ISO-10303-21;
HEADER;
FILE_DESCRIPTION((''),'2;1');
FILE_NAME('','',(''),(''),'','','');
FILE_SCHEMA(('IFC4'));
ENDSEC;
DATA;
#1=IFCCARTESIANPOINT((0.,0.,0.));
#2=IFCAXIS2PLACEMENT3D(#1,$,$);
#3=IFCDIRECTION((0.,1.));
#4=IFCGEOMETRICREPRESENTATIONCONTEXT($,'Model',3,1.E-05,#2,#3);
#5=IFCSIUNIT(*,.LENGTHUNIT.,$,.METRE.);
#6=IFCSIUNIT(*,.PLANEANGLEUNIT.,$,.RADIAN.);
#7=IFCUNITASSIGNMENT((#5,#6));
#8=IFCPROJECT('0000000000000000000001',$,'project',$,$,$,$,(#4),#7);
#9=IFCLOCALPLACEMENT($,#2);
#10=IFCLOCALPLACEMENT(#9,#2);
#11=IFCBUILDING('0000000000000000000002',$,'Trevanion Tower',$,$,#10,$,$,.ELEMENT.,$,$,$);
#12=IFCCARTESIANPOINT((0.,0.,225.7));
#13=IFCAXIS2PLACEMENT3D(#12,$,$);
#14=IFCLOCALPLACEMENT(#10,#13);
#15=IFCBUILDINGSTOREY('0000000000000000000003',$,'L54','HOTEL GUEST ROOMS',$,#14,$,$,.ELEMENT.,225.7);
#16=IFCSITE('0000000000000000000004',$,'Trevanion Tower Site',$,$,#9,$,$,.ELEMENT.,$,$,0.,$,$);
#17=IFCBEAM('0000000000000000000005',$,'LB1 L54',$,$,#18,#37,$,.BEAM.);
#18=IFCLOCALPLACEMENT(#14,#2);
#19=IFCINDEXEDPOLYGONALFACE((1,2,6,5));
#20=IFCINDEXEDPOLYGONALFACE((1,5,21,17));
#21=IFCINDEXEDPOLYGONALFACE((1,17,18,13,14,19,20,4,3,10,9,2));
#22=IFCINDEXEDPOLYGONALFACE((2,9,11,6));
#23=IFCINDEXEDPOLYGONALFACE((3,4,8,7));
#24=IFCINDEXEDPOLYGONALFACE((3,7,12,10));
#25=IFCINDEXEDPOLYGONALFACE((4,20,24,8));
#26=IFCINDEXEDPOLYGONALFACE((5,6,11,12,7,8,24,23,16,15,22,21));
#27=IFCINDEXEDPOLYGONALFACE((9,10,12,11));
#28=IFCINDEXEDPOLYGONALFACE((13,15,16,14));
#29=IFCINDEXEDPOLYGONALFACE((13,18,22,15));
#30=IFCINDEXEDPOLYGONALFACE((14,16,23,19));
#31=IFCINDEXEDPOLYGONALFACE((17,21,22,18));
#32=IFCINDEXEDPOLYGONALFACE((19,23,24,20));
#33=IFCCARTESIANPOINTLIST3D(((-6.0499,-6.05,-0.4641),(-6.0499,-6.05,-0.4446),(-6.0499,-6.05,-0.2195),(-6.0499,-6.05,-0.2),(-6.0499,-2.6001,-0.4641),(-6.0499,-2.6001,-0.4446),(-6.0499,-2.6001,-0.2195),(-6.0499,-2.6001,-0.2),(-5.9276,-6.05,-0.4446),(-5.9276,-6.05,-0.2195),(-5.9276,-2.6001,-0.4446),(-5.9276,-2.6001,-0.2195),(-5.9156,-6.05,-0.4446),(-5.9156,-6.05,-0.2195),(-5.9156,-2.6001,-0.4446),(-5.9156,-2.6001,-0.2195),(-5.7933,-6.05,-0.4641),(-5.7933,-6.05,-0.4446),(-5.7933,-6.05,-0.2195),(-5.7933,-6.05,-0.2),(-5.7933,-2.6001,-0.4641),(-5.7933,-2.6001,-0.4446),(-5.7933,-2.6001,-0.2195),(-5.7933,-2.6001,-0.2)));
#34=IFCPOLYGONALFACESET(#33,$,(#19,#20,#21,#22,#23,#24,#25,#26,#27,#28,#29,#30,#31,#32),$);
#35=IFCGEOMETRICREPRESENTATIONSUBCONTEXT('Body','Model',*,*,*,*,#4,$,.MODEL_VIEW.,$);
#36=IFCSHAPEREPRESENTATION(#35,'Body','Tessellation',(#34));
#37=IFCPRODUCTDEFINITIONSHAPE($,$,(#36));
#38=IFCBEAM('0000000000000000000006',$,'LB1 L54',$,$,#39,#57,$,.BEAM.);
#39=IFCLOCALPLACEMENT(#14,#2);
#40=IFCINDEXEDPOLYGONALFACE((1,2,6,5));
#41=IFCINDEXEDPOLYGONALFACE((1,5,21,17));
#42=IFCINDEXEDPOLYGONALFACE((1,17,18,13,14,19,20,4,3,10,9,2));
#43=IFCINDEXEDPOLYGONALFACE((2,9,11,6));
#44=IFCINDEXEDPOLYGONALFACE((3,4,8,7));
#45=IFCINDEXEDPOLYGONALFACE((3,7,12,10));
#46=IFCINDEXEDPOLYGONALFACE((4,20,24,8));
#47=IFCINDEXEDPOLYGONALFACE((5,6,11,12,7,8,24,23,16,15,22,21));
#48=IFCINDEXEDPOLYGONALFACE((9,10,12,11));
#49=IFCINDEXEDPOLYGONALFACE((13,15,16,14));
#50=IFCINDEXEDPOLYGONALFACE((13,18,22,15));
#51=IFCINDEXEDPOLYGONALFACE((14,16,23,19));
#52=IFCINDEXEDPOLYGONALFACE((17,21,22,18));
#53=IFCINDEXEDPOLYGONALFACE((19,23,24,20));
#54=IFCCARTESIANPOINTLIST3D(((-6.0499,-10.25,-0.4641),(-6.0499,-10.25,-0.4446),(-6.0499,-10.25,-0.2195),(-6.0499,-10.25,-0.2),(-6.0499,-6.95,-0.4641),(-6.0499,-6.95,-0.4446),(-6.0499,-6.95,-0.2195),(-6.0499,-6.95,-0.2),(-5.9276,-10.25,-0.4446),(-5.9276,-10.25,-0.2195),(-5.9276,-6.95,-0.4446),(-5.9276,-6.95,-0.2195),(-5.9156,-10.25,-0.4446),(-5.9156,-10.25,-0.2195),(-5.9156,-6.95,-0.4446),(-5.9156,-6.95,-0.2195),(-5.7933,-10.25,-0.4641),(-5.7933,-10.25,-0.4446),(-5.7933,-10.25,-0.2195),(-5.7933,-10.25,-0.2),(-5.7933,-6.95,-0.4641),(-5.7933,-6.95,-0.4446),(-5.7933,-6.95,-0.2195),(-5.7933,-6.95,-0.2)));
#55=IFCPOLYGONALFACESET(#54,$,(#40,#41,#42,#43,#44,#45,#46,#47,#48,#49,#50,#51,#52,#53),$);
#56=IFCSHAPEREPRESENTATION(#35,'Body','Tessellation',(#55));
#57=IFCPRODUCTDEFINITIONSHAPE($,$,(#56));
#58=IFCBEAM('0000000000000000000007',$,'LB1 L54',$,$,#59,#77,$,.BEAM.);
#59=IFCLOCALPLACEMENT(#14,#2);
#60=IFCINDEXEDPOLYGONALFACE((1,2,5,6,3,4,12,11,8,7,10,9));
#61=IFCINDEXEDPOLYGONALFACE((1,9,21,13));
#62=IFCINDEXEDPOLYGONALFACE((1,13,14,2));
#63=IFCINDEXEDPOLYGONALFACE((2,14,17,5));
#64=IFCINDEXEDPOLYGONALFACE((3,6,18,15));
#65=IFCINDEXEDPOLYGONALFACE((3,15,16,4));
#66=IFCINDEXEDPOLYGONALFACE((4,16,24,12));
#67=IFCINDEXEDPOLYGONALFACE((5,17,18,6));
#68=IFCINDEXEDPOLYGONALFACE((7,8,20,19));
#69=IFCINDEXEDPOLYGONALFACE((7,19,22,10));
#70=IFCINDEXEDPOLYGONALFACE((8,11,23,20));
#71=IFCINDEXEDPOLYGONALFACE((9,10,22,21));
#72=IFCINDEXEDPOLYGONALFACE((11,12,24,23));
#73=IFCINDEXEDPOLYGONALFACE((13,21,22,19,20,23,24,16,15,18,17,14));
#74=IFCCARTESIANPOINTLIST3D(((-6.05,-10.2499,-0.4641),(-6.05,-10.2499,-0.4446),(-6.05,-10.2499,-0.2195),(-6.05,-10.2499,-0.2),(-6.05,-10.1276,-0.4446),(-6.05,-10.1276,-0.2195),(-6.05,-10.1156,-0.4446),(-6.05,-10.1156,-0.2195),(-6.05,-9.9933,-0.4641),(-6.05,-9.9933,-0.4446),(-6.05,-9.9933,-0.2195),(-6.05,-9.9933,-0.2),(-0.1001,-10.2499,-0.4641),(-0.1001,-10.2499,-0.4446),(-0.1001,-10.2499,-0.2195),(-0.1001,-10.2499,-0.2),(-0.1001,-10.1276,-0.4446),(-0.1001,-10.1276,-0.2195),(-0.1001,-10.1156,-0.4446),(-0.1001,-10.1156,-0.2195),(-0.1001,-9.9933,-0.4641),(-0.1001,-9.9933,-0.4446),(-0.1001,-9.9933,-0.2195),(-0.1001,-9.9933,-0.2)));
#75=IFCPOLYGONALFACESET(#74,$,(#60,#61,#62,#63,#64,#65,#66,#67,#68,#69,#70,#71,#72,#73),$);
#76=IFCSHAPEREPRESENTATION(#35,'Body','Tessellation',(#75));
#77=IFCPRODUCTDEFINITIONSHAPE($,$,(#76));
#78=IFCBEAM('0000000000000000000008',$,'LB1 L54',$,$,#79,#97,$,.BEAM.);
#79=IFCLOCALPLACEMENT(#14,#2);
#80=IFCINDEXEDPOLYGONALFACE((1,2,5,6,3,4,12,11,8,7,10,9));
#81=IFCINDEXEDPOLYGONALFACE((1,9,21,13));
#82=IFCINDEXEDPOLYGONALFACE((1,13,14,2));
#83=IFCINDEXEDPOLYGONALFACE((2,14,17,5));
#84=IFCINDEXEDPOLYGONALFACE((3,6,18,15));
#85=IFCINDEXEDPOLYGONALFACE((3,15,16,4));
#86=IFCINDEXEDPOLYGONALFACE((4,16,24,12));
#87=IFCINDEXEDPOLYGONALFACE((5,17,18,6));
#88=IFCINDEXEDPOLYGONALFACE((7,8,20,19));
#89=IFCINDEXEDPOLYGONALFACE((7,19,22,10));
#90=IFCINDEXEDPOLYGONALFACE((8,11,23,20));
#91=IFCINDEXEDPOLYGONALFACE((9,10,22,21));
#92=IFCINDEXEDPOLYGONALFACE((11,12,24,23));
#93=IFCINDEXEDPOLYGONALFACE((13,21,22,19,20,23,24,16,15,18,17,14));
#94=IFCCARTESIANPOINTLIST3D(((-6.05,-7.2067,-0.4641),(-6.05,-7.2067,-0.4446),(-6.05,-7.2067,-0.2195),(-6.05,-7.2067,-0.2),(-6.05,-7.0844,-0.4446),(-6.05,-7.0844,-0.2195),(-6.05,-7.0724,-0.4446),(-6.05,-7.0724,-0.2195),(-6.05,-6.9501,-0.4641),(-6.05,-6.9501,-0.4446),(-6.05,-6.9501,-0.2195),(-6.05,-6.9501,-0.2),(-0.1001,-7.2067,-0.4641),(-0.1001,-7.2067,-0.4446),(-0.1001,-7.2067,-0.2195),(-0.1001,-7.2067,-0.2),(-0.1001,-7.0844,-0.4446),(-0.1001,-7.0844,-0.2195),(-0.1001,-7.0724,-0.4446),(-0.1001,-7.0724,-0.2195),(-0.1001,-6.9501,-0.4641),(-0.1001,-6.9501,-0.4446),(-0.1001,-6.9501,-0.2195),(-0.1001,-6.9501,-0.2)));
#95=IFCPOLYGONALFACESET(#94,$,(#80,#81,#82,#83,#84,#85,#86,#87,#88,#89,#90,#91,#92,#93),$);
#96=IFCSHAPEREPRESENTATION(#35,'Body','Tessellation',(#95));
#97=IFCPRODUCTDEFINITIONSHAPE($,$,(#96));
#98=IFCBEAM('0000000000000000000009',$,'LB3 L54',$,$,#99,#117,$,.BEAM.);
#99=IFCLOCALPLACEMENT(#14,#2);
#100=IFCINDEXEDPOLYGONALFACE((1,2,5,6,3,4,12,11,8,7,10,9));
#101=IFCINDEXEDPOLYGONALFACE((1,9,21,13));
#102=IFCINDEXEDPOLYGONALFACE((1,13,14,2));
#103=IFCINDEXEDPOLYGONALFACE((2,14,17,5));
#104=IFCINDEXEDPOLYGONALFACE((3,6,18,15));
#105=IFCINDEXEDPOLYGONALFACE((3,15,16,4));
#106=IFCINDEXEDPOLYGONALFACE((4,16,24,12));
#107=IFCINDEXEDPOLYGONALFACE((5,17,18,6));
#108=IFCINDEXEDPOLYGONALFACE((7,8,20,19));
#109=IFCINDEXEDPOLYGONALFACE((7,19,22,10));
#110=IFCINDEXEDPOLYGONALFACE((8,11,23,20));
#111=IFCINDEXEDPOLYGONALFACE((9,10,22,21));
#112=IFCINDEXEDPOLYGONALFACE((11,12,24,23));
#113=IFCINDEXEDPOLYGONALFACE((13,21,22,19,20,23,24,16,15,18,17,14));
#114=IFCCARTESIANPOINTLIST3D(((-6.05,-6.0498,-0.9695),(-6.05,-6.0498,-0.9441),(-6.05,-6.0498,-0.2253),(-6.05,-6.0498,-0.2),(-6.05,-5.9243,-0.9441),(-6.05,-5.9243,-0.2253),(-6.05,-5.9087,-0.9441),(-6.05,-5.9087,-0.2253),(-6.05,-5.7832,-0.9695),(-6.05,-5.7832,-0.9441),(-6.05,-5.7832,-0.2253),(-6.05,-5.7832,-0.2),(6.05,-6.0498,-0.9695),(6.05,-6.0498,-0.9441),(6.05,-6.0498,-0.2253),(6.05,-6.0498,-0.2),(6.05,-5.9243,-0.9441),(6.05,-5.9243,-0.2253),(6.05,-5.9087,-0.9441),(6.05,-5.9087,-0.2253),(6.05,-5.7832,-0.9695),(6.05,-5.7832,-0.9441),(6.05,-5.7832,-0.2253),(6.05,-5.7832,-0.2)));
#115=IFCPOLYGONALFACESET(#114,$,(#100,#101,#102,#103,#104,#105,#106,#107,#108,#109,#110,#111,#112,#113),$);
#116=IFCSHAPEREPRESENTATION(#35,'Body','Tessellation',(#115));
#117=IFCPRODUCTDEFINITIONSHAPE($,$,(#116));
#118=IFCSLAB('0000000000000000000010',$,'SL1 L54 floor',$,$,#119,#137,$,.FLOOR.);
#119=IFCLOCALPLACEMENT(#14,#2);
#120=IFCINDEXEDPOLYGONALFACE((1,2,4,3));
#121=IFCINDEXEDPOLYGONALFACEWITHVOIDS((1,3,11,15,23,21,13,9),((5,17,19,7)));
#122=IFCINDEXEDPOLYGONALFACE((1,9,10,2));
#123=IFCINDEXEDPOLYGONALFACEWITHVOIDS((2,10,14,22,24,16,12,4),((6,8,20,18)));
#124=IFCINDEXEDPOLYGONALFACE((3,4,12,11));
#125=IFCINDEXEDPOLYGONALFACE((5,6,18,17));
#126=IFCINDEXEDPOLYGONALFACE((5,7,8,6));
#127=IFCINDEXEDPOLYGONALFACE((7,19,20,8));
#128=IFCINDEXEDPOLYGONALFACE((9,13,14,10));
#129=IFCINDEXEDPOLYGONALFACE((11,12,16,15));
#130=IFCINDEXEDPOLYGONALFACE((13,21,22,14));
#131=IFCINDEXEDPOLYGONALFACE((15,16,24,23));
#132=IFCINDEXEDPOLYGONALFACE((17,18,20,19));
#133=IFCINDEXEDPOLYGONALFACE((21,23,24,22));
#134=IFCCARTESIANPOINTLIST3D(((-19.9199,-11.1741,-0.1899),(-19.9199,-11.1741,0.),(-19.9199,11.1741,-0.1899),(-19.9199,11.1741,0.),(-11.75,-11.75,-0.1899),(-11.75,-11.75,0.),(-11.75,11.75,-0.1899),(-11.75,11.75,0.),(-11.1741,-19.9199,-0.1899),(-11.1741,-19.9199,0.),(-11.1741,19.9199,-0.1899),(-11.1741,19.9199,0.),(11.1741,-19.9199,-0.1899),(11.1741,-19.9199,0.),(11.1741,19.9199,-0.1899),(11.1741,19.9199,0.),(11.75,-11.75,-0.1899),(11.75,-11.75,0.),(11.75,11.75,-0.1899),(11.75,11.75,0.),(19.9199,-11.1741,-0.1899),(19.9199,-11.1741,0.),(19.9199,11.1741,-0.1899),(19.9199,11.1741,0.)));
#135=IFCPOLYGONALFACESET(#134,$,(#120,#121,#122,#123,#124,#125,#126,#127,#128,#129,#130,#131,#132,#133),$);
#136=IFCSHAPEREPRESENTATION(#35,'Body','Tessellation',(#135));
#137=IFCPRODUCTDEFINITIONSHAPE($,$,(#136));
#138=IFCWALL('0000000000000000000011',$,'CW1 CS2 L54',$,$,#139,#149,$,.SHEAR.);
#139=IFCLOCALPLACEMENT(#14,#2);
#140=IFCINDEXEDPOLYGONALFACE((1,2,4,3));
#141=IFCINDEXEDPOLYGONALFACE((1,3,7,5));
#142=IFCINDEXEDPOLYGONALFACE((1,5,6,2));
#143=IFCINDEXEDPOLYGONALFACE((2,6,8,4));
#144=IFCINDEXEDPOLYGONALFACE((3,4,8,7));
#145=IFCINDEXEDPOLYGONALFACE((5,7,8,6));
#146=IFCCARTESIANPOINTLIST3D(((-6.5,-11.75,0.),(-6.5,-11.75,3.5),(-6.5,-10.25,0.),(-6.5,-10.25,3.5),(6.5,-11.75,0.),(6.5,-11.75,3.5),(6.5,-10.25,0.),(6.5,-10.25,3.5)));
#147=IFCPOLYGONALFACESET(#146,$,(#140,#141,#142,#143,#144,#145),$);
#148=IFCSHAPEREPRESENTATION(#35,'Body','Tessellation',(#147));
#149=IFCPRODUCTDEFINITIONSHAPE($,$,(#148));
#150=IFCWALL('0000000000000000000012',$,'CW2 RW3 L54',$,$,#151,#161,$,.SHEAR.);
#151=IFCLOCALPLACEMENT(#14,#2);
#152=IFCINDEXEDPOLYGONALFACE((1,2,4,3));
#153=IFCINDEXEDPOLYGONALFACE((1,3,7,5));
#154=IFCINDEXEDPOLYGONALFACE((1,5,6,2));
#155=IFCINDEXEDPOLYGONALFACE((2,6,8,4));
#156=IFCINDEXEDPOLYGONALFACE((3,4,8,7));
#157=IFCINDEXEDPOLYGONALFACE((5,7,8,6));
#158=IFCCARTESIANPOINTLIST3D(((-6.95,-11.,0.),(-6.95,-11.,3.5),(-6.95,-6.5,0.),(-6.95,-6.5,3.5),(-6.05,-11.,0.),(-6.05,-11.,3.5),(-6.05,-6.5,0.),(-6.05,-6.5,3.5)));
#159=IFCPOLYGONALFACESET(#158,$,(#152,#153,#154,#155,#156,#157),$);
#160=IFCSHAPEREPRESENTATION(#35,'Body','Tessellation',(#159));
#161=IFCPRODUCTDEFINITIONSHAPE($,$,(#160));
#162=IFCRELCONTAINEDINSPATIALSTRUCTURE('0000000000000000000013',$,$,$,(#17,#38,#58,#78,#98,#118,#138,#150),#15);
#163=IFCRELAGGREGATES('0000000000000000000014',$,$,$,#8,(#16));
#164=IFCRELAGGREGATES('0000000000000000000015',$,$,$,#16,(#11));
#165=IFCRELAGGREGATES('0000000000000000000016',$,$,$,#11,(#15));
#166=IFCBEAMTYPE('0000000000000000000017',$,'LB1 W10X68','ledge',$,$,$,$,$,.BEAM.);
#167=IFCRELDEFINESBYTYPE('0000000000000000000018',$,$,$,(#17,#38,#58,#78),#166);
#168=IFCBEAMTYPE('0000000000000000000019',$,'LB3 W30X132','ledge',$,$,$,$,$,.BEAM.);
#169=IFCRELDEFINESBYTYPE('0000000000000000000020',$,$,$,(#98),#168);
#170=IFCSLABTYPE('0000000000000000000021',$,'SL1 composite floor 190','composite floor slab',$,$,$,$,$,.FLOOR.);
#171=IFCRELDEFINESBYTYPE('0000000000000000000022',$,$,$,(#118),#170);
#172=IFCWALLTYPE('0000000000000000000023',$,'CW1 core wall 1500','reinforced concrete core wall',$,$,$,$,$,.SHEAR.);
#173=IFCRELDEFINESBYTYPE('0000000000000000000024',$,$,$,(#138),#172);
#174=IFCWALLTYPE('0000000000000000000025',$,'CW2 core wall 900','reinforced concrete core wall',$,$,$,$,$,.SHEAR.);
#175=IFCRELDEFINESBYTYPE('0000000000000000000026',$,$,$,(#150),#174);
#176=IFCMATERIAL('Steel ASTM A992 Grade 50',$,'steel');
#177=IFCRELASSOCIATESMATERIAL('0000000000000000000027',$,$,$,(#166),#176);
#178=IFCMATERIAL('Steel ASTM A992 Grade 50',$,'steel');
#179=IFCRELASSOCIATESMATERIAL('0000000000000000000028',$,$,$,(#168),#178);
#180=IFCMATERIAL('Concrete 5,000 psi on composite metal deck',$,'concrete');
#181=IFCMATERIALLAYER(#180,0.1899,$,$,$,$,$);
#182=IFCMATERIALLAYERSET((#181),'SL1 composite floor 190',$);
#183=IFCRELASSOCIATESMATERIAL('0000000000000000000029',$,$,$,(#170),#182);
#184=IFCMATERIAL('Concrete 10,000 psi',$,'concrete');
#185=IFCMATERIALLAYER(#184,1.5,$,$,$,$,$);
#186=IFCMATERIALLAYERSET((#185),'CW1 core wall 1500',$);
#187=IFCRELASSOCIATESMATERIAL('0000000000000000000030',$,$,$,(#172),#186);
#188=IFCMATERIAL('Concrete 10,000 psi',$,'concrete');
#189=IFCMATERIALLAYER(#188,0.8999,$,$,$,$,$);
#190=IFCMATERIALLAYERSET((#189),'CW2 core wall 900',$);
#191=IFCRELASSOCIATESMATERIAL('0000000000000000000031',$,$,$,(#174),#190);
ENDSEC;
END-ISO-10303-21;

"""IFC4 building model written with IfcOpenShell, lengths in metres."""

from ifc_helpers import new_model, si_unit, direction, frame, frame_2d, origin, origin_2d, place, context, subcontext, project, spatial, polyline, rectangle, i_section, outline, extrude, material, layer, layer_set, material_profile, profile_set, type_object, element, save


model = new_model("IFC4")

# Units and contexts
model_context = context("Model", 3, precision=1e-05, world=origin(), true_north=direction((0.0, 1.0)))
body_context = subcontext(model_context, "Body", "Model", "MODEL_VIEW")
ifc_project = project(units=[si_unit("LENGTHUNIT", "METRE"), si_unit("PLANEANGLEUNIT", "RADIAN")], contexts=[model_context])

# Site, building, storey
site_placement = place(None, origin())
site = spatial("IfcSite", under=ifc_project, at=site_placement, Name="Trevanion Tower Site", CompositionType="ELEMENT", RefElevation=0.0)
building_placement = place(site_placement, origin())
building = spatial("IfcBuilding", under=site, at=building_placement, Name="Trevanion Tower", CompositionType="ELEMENT")
storey_placement = place(building_placement, frame((0.0, 0.0, 225.7)))
storey = spatial("IfcBuildingStorey", under=building, at=storey_placement, Name="L54", Description="HOTEL GUEST ROOMS", CompositionType="ELEMENT", Elevation=225.7)

# Beams
ifc_material_1 = material(Name="Steel ASTM A992 Grade 50", Category="steel")
ifc_material_profile_1 = material_profile(ifc_material_1, i_section(OverallWidth=0.2566, OverallDepth=0.2642, WebThickness=0.012, FlangeThickness=0.0195, at=origin_2d()), Name="W10X68")
ifc_profile_set_1 = profile_set([ifc_material_profile_1], Name="Steel ASTM A992 Grade 50")
beam_type_1 = type_object("IfcBeamType", Name="LB1 W10X68", Description="ledge", PredefinedType="BEAM", material=ifc_profile_set_1)
beam_1_placement = place(storey_placement, frame((-5.9216, -6.05, -0.332), z_axis=(0.0, 1.0, 0.0), x_axis=(-1.0, 0.0, 0.0)))
element("IfcBeam", 1, at=beam_1_placement, inside=storey, type_object=beam_type_1, Name="LB1 L54", PredefinedType="BEAM", context=body_context, shape_type="SweptSolid", body=[
    extrude(i_section(OverallWidth=0.2566, OverallDepth=0.2642, WebThickness=0.012, FlangeThickness=0.0195, at=origin_2d()), origin(), (0.0, 0.0, 1.0), 3.45),
])
beam_2_placement = place(storey_placement, frame((-5.9216, -10.25, -0.332), z_axis=(0.0, 1.0, 0.0), x_axis=(-1.0, 0.0, 0.0)))
element("IfcBeam", 2, at=beam_2_placement, inside=storey, type_object=beam_type_1, Name="LB1 L54", PredefinedType="BEAM", context=body_context, shape_type="SweptSolid", body=[
    extrude(i_section(OverallWidth=0.2566, OverallDepth=0.2642, WebThickness=0.012, FlangeThickness=0.0195, at=origin_2d()), origin(), (0.0, 0.0, 1.0), 3.3),
])
for number, where, z_axis, x_axis, name in (
    (3, (-6.05, -10.1216, -0.332), (1.0, 0.0, 0.0), (0.0, 1.0, 0.0), "LB1 L54"),
    (4, (-6.05, -7.0784, -0.332), (1.0, 0.0, 0.0), (0.0, 1.0, 0.0), "LB1 L54"),
):
    element("IfcBeam", number, at=place(storey_placement, frame(where, z_axis=z_axis, x_axis=x_axis)), inside=storey, type_object=beam_type_1, Name=name, PredefinedType="BEAM", context=body_context, shape_type="SweptSolid", body=[
        extrude(i_section(OverallWidth=0.2566, OverallDepth=0.2642, WebThickness=0.012, FlangeThickness=0.0195, at=origin_2d()), origin(), (0.0, 0.0, 1.0), 5.95),
    ])
ifc_material_2 = material(Name="Steel ASTM A992 Grade 50", Category="steel")
ifc_material_profile_2 = material_profile(ifc_material_2, i_section(OverallWidth=0.2666, OverallDepth=0.7695, WebThickness=0.0156, FlangeThickness=0.0254, at=origin_2d()), Name="W30X132")
ifc_profile_set_2 = profile_set([ifc_material_profile_2], Name="Steel ASTM A992 Grade 50")
beam_type_2 = type_object("IfcBeamType", Name="LB3 W30X132", Description="ledge", PredefinedType="BEAM", material=ifc_profile_set_2)
beam_3_placement = place(storey_placement, frame((-6.05, -5.9165, -0.5847), z_axis=(1.0, 0.0, 0.0), x_axis=(0.0, 1.0, 0.0)))
element("IfcBeam", 5, at=beam_3_placement, inside=storey, type_object=beam_type_2, Name="LB3 L54", PredefinedType="BEAM", context=body_context, shape_type="SweptSolid", body=[
    extrude(i_section(OverallWidth=0.2666, OverallDepth=0.7695, WebThickness=0.0156, FlangeThickness=0.0254, at=origin_2d()), origin(), (0.0, 0.0, 1.0), 12.1001),
])

# Slab
ifc_material_3 = material(Name="Concrete 5,000 psi on composite metal deck", Category="concrete")
ifc_layer_1 = layer(ifc_material_3, 0.1899)
ifc_layer_set_1 = layer_set([ifc_layer_1], Name="SL1 composite floor 190")
slab_type = type_object("IfcSlabType", Name="SL1 composite floor 190", Description="composite floor slab", PredefinedType="FLOOR", material=ifc_layer_set_1)
slab_placement = place(storey_placement, frame((0.0, 0.0, -0.1899)))
element("IfcSlab", 6, at=slab_placement, inside=storey, type_object=slab_type, Name="SL1 L54 floor", PredefinedType="FLOOR", context=body_context, shape_type="SweptSolid", body=[
    extrude(outline(polyline([(19.9199, -11.1741), (19.9199, 11.1741), (11.1741, 19.9199), (-11.1741, 19.9199), (-19.9199, 11.1741), (-19.9199, -11.1741), (-11.1741, -19.9199), (11.1741, -19.9199), (19.9199, -11.1741)]), holes=[polyline([(11.75, -11.75), (11.75, 11.75), (-11.75, 11.75), (-11.75, -11.75), (11.75, -11.75)])]), origin(), (0.0, 0.0, 1.0), 0.1899),
])

# Walls
ifc_material_4 = material(Name="Concrete 10,000 psi", Category="concrete")
ifc_layer_2 = layer(ifc_material_4, 1.5)
ifc_layer_set_2 = layer_set([ifc_layer_2], Name="CW1 core wall 1500")
wall_type_1 = type_object("IfcWallType", Name="CW1 core wall 1500", Description="reinforced concrete core wall", PredefinedType="SHEAR", material=ifc_layer_set_2)
wall_1_placement = place(storey_placement, frame((-6.5, -11.0, 0.0), z_axis=(0.0, 0.0, 1.0), x_axis=(1.0, 0.0, 0.0)))
element("IfcWall", 7, at=wall_1_placement, inside=storey, type_object=wall_type_1, Name="CW1 CS2 L54", PredefinedType="SHEAR", context=body_context, shape_type="SweptSolid", body=[
    extrude(rectangle(XDim=13.0, YDim=1.5, at=frame_2d((6.5, 0.0))), origin(), (0.0, 0.0, 1.0), 3.5),
])
ifc_material_5 = material(Name="Concrete 10,000 psi", Category="concrete")
ifc_layer_3 = layer(ifc_material_5, 0.8999)
ifc_layer_set_3 = layer_set([ifc_layer_3], Name="CW2 core wall 900")
wall_type_2 = type_object("IfcWallType", Name="CW2 core wall 900", Description="reinforced concrete core wall", PredefinedType="SHEAR", material=ifc_layer_set_3)
wall_2_placement = place(storey_placement, frame((-6.5, -6.5, 0.0), z_axis=(0.0, 0.0, 1.0), x_axis=(0.0, -1.0, 0.0)))
element("IfcWall", 8, at=wall_2_placement, inside=storey, type_object=wall_type_2, Name="CW2 RW3 L54", PredefinedType="SHEAR", context=body_context, shape_type="SweptSolid", body=[
    extrude(rectangle(XDim=4.5, YDim=0.8999, at=frame_2d((2.25, 0.0))), origin(), (0.0, 0.0, 1.0), 3.5),
])

save(model, "model.ifc")
